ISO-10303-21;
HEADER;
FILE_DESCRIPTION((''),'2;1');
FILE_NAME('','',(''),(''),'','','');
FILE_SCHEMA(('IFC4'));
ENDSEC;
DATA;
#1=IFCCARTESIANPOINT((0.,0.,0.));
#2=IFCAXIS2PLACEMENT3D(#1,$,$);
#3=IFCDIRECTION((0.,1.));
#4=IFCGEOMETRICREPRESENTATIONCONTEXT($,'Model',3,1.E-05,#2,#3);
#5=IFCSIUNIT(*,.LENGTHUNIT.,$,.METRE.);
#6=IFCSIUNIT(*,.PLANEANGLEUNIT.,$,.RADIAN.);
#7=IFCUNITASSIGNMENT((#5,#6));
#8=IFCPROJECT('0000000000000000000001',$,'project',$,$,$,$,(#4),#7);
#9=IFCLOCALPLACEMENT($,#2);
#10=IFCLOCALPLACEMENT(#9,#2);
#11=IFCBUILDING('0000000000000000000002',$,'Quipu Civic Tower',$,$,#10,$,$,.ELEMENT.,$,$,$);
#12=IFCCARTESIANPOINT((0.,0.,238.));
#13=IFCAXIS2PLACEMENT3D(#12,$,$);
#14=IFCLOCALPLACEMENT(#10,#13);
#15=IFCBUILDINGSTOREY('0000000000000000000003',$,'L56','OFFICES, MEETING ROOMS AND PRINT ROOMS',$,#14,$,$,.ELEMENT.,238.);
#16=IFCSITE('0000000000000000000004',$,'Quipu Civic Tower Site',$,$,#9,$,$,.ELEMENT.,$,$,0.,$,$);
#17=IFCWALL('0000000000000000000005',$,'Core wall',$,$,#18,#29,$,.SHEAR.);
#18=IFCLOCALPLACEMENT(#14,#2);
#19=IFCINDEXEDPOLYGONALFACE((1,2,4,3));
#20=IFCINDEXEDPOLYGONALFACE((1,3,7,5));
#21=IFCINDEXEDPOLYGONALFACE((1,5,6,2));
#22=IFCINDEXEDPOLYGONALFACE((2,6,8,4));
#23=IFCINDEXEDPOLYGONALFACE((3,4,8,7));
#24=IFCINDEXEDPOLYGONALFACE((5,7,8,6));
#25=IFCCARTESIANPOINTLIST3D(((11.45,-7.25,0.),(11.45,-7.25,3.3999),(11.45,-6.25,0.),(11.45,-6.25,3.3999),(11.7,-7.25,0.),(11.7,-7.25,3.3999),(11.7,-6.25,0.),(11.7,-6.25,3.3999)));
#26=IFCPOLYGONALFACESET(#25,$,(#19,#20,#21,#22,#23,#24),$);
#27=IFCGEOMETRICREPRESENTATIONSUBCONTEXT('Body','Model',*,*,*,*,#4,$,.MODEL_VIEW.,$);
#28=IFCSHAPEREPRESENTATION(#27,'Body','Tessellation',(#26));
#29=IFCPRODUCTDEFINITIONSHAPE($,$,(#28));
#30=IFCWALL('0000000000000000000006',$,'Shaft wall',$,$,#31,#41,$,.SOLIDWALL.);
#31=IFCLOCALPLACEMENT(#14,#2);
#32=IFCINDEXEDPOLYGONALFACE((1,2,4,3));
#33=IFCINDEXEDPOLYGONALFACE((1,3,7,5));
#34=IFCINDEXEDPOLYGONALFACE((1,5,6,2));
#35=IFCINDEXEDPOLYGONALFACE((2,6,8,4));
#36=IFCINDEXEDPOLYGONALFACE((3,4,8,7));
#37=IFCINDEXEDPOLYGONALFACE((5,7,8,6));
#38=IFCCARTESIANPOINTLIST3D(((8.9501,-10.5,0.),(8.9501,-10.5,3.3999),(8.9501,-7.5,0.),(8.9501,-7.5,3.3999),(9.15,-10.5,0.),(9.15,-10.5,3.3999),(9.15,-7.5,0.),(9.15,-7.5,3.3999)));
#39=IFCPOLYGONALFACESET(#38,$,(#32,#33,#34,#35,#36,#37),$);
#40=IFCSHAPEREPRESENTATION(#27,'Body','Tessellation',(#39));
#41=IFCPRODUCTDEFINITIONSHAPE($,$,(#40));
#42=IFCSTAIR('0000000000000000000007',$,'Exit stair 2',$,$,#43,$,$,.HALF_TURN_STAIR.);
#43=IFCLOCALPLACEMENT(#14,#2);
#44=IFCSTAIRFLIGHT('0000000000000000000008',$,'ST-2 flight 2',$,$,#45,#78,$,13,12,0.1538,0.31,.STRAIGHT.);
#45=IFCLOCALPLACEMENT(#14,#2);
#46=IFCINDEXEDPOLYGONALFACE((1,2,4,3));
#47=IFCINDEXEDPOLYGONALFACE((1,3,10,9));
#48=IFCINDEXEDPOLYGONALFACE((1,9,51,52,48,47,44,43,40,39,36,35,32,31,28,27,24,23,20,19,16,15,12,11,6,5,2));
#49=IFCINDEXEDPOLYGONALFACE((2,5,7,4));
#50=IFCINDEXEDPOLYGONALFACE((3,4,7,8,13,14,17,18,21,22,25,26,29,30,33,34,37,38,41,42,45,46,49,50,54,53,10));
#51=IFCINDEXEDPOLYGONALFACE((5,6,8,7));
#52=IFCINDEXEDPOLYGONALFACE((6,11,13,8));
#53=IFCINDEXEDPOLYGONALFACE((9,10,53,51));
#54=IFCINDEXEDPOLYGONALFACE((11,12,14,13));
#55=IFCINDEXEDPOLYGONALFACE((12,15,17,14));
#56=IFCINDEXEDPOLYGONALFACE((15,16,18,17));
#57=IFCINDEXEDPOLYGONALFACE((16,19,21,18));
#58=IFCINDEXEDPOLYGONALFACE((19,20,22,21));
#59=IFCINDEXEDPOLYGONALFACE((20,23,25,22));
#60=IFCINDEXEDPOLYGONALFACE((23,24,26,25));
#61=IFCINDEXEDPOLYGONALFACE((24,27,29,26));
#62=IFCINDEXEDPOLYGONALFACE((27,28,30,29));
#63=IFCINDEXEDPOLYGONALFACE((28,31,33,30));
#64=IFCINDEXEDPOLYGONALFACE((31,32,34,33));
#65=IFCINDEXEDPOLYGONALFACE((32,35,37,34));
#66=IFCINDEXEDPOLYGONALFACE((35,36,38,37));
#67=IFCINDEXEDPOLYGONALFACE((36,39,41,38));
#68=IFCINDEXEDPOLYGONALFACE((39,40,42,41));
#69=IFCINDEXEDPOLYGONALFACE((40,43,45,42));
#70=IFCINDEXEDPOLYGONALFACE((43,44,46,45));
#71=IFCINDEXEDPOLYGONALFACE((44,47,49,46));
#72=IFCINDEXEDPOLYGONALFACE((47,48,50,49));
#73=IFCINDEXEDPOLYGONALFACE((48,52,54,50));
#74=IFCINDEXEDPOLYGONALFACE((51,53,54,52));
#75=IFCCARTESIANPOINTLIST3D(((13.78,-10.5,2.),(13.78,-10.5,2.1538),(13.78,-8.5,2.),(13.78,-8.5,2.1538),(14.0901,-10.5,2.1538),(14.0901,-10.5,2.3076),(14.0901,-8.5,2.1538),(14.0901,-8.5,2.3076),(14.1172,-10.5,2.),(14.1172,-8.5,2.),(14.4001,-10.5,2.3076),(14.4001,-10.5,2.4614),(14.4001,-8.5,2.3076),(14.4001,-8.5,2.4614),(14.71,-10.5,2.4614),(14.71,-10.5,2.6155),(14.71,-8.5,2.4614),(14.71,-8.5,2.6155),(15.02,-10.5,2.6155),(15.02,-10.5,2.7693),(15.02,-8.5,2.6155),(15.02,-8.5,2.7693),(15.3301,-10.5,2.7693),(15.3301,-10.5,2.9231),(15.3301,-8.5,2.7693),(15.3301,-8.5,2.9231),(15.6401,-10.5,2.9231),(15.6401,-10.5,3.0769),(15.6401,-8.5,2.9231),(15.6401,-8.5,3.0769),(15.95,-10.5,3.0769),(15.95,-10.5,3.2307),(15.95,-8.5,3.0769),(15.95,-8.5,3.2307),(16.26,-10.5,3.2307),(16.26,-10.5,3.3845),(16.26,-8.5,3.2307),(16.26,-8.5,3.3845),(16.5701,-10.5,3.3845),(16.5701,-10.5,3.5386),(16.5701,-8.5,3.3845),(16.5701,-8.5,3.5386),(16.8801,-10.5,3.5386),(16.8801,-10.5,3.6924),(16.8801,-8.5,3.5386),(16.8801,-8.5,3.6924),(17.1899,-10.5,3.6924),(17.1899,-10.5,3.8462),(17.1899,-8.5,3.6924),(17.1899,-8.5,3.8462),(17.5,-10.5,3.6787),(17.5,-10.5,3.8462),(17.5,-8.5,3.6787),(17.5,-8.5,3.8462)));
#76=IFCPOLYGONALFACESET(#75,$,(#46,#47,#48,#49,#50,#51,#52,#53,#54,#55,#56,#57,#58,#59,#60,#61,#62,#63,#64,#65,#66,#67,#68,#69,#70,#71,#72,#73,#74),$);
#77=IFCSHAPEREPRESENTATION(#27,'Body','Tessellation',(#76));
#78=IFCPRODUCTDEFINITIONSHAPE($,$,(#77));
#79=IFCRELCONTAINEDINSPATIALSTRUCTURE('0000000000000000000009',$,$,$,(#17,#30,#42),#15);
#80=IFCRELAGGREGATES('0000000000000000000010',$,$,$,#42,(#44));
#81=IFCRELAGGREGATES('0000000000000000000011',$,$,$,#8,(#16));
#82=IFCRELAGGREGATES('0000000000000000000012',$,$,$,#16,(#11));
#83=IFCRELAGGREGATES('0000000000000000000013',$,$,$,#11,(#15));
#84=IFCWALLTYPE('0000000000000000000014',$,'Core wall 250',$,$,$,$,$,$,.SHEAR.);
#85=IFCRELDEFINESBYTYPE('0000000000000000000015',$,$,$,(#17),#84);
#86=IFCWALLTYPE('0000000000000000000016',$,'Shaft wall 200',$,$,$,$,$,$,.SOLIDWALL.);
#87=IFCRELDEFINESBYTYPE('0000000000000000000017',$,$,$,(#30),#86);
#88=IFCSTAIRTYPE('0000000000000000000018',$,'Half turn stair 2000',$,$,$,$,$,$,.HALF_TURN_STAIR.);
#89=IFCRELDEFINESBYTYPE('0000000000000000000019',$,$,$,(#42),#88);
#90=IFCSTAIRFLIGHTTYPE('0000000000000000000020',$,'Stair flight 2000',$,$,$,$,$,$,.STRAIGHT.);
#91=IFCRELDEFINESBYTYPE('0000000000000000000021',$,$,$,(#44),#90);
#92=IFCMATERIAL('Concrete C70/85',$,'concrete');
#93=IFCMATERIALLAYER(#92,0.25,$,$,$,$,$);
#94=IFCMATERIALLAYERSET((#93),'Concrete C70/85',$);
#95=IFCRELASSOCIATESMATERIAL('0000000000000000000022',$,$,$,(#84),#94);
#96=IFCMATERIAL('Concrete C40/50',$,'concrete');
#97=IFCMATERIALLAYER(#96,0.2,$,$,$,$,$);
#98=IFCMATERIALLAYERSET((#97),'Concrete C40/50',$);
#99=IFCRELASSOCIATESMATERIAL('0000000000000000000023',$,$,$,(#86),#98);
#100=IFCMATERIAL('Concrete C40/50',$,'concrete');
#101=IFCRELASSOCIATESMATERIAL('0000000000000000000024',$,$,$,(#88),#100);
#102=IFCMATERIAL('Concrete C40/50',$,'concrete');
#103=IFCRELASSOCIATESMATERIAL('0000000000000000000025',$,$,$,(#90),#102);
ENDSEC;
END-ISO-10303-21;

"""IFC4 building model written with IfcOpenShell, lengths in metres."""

from ifc_helpers import new_model, si_unit, direction, frame, frame_2d, origin, place, context, subcontext, project, spatial, polyline, rectangle, outline, extrude, material, layer, layer_set, type_object, element, aggregate, save


model = new_model("IFC4")

# Units and contexts
model_context = context("Model", 3, precision=1e-05, world=origin(), true_north=direction((0.0, 1.0)))
body_context = subcontext(model_context, "Body", "Model", "MODEL_VIEW")
ifc_project = project(units=[si_unit("LENGTHUNIT", "METRE"), si_unit("PLANEANGLEUNIT", "RADIAN")], contexts=[model_context])

# Site, building, storey
site_placement = place(None, origin())
site = spatial("IfcSite", under=ifc_project, at=site_placement, Name="Quipu Civic Tower Site", CompositionType="ELEMENT", RefElevation=0.0)
building_placement = place(site_placement, origin())
building = spatial("IfcBuilding", under=site, at=building_placement, Name="Quipu Civic Tower", CompositionType="ELEMENT")
storey_placement = place(building_placement, frame((0.0, 0.0, 238.0)))
storey = spatial("IfcBuildingStorey", under=building, at=storey_placement, Name="L56", Description="OFFICES, MEETING ROOMS AND PRINT ROOMS", CompositionType="ELEMENT", Elevation=238.0)

# Shared definitions
ifc_material_1 = material(Name="Concrete C70/85", Category="concrete")
ifc_layer_1 = layer(ifc_material_1, 0.25)
ifc_layer_set_1 = layer_set([ifc_layer_1], Name="Concrete C70/85")
wall_type_1 = type_object("IfcWallType", Name="Core wall 250", PredefinedType="SHEAR", material=ifc_layer_set_1)

# Walls
wall_1_placement = place(storey_placement, frame((11.575, -7.25, 0.0), z_axis=(0.0, 0.0, 1.0), x_axis=(0.0, 1.0, 0.0)))
element("IfcWall", 1, at=wall_1_placement, inside=storey, type_object=wall_type_1, Name="Core wall", PredefinedType="SHEAR", context=body_context, shape_type="SweptSolid", body=[
    extrude(rectangle(XDim=1.0, YDim=0.25, at=frame_2d((0.5, 0.0))), origin(), (0.0, 0.0, 1.0), 3.3999),
])
ifc_material_2 = material(Name="Concrete C40/50", Category="concrete")
ifc_layer_2 = layer(ifc_material_2, 0.2)
ifc_layer_set_2 = layer_set([ifc_layer_2], Name="Concrete C40/50")
wall_type_2 = type_object("IfcWallType", Name="Shaft wall 200", PredefinedType="SOLIDWALL", material=ifc_layer_set_2)
wall_2_placement = place(storey_placement, frame((9.05, -10.5, 0.0), z_axis=(0.0, 0.0, 1.0), x_axis=(0.0, 1.0, 0.0)))
element("IfcWall", 2, at=wall_2_placement, inside=storey, type_object=wall_type_2, Name="Shaft wall", PredefinedType="SOLIDWALL", context=body_context, shape_type="SweptSolid", body=[
    extrude(rectangle(XDim=3.0, YDim=0.2, at=frame_2d((1.5, 0.0))), origin(), (0.0, 0.0, 1.0), 3.3999),
])

# Stair, stair flight
ifc_material_3 = material(Name="Concrete C40/50", Category="concrete")
stair_type = type_object("IfcStairType", Name="Half turn stair 2000", PredefinedType="HALF_TURN_STAIR", material=ifc_material_3)
stair_placement = place(storey_placement, origin())
stair = element("IfcStair", 3, at=stair_placement, inside=storey, type_object=stair_type, Name="Exit stair 2", PredefinedType="HALF_TURN_STAIR")
ifc_material_4 = material(Name="Concrete C40/50", Category="concrete")
stair_flight_type = type_object("IfcStairFlightType", Name="Stair flight 2000", PredefinedType="STRAIGHT", material=ifc_material_4)
stair_flight_placement = place(storey_placement, frame((13.78, -9.5, 2.0), z_axis=(0.0, 0.0, 1.0), x_axis=(1.0, 0.0, 0.0)))
stair_flight = element("IfcStairFlight", 4, at=stair_flight_placement, type_object=stair_flight_type, Name="ST-2 flight 2", NumberOfRisers=13, NumberOfTreads=12, PredefinedType="STRAIGHT", RiserHeight=0.1538, TreadLength=0.31, context=body_context, shape_type="SweptSolid", body=[
    extrude(outline(polyline([(0.0, 0.0), (0.0, 0.1538), (0.3101, 0.1538), (0.3101, 0.3076), (0.6201, 0.3076), (0.6201, 0.4614), (0.9299, 0.4614), (0.9299, 0.6155), (1.24, 0.6155), (1.24, 0.7693), (1.55, 0.7693), (1.55, 0.9231), (1.8601, 0.9231), (1.8601, 1.0769), (2.1699, 1.0769), (2.1699, 1.2307), (2.48, 1.2307), (2.48, 1.3845), (2.79, 1.3845), (2.79, 1.5386), (3.1001, 1.5386), (3.1001, 1.6924), (3.4099, 1.6924), (3.4099, 1.8462), (3.72, 1.8462), (3.72, 2.0), (3.72, 1.6787), (0.3372, 0.0), (0.0, 0.0)])), frame((0.0, 1.0, 0.0), z_axis=(0.0, -1.0, 0.0), x_axis=(1.0, 0.0, 0.0)), (0.0, 0.0, 1.0), 2.0),
])
aggregate(stair, [stair_flight])

save(model, "model.ifc")
